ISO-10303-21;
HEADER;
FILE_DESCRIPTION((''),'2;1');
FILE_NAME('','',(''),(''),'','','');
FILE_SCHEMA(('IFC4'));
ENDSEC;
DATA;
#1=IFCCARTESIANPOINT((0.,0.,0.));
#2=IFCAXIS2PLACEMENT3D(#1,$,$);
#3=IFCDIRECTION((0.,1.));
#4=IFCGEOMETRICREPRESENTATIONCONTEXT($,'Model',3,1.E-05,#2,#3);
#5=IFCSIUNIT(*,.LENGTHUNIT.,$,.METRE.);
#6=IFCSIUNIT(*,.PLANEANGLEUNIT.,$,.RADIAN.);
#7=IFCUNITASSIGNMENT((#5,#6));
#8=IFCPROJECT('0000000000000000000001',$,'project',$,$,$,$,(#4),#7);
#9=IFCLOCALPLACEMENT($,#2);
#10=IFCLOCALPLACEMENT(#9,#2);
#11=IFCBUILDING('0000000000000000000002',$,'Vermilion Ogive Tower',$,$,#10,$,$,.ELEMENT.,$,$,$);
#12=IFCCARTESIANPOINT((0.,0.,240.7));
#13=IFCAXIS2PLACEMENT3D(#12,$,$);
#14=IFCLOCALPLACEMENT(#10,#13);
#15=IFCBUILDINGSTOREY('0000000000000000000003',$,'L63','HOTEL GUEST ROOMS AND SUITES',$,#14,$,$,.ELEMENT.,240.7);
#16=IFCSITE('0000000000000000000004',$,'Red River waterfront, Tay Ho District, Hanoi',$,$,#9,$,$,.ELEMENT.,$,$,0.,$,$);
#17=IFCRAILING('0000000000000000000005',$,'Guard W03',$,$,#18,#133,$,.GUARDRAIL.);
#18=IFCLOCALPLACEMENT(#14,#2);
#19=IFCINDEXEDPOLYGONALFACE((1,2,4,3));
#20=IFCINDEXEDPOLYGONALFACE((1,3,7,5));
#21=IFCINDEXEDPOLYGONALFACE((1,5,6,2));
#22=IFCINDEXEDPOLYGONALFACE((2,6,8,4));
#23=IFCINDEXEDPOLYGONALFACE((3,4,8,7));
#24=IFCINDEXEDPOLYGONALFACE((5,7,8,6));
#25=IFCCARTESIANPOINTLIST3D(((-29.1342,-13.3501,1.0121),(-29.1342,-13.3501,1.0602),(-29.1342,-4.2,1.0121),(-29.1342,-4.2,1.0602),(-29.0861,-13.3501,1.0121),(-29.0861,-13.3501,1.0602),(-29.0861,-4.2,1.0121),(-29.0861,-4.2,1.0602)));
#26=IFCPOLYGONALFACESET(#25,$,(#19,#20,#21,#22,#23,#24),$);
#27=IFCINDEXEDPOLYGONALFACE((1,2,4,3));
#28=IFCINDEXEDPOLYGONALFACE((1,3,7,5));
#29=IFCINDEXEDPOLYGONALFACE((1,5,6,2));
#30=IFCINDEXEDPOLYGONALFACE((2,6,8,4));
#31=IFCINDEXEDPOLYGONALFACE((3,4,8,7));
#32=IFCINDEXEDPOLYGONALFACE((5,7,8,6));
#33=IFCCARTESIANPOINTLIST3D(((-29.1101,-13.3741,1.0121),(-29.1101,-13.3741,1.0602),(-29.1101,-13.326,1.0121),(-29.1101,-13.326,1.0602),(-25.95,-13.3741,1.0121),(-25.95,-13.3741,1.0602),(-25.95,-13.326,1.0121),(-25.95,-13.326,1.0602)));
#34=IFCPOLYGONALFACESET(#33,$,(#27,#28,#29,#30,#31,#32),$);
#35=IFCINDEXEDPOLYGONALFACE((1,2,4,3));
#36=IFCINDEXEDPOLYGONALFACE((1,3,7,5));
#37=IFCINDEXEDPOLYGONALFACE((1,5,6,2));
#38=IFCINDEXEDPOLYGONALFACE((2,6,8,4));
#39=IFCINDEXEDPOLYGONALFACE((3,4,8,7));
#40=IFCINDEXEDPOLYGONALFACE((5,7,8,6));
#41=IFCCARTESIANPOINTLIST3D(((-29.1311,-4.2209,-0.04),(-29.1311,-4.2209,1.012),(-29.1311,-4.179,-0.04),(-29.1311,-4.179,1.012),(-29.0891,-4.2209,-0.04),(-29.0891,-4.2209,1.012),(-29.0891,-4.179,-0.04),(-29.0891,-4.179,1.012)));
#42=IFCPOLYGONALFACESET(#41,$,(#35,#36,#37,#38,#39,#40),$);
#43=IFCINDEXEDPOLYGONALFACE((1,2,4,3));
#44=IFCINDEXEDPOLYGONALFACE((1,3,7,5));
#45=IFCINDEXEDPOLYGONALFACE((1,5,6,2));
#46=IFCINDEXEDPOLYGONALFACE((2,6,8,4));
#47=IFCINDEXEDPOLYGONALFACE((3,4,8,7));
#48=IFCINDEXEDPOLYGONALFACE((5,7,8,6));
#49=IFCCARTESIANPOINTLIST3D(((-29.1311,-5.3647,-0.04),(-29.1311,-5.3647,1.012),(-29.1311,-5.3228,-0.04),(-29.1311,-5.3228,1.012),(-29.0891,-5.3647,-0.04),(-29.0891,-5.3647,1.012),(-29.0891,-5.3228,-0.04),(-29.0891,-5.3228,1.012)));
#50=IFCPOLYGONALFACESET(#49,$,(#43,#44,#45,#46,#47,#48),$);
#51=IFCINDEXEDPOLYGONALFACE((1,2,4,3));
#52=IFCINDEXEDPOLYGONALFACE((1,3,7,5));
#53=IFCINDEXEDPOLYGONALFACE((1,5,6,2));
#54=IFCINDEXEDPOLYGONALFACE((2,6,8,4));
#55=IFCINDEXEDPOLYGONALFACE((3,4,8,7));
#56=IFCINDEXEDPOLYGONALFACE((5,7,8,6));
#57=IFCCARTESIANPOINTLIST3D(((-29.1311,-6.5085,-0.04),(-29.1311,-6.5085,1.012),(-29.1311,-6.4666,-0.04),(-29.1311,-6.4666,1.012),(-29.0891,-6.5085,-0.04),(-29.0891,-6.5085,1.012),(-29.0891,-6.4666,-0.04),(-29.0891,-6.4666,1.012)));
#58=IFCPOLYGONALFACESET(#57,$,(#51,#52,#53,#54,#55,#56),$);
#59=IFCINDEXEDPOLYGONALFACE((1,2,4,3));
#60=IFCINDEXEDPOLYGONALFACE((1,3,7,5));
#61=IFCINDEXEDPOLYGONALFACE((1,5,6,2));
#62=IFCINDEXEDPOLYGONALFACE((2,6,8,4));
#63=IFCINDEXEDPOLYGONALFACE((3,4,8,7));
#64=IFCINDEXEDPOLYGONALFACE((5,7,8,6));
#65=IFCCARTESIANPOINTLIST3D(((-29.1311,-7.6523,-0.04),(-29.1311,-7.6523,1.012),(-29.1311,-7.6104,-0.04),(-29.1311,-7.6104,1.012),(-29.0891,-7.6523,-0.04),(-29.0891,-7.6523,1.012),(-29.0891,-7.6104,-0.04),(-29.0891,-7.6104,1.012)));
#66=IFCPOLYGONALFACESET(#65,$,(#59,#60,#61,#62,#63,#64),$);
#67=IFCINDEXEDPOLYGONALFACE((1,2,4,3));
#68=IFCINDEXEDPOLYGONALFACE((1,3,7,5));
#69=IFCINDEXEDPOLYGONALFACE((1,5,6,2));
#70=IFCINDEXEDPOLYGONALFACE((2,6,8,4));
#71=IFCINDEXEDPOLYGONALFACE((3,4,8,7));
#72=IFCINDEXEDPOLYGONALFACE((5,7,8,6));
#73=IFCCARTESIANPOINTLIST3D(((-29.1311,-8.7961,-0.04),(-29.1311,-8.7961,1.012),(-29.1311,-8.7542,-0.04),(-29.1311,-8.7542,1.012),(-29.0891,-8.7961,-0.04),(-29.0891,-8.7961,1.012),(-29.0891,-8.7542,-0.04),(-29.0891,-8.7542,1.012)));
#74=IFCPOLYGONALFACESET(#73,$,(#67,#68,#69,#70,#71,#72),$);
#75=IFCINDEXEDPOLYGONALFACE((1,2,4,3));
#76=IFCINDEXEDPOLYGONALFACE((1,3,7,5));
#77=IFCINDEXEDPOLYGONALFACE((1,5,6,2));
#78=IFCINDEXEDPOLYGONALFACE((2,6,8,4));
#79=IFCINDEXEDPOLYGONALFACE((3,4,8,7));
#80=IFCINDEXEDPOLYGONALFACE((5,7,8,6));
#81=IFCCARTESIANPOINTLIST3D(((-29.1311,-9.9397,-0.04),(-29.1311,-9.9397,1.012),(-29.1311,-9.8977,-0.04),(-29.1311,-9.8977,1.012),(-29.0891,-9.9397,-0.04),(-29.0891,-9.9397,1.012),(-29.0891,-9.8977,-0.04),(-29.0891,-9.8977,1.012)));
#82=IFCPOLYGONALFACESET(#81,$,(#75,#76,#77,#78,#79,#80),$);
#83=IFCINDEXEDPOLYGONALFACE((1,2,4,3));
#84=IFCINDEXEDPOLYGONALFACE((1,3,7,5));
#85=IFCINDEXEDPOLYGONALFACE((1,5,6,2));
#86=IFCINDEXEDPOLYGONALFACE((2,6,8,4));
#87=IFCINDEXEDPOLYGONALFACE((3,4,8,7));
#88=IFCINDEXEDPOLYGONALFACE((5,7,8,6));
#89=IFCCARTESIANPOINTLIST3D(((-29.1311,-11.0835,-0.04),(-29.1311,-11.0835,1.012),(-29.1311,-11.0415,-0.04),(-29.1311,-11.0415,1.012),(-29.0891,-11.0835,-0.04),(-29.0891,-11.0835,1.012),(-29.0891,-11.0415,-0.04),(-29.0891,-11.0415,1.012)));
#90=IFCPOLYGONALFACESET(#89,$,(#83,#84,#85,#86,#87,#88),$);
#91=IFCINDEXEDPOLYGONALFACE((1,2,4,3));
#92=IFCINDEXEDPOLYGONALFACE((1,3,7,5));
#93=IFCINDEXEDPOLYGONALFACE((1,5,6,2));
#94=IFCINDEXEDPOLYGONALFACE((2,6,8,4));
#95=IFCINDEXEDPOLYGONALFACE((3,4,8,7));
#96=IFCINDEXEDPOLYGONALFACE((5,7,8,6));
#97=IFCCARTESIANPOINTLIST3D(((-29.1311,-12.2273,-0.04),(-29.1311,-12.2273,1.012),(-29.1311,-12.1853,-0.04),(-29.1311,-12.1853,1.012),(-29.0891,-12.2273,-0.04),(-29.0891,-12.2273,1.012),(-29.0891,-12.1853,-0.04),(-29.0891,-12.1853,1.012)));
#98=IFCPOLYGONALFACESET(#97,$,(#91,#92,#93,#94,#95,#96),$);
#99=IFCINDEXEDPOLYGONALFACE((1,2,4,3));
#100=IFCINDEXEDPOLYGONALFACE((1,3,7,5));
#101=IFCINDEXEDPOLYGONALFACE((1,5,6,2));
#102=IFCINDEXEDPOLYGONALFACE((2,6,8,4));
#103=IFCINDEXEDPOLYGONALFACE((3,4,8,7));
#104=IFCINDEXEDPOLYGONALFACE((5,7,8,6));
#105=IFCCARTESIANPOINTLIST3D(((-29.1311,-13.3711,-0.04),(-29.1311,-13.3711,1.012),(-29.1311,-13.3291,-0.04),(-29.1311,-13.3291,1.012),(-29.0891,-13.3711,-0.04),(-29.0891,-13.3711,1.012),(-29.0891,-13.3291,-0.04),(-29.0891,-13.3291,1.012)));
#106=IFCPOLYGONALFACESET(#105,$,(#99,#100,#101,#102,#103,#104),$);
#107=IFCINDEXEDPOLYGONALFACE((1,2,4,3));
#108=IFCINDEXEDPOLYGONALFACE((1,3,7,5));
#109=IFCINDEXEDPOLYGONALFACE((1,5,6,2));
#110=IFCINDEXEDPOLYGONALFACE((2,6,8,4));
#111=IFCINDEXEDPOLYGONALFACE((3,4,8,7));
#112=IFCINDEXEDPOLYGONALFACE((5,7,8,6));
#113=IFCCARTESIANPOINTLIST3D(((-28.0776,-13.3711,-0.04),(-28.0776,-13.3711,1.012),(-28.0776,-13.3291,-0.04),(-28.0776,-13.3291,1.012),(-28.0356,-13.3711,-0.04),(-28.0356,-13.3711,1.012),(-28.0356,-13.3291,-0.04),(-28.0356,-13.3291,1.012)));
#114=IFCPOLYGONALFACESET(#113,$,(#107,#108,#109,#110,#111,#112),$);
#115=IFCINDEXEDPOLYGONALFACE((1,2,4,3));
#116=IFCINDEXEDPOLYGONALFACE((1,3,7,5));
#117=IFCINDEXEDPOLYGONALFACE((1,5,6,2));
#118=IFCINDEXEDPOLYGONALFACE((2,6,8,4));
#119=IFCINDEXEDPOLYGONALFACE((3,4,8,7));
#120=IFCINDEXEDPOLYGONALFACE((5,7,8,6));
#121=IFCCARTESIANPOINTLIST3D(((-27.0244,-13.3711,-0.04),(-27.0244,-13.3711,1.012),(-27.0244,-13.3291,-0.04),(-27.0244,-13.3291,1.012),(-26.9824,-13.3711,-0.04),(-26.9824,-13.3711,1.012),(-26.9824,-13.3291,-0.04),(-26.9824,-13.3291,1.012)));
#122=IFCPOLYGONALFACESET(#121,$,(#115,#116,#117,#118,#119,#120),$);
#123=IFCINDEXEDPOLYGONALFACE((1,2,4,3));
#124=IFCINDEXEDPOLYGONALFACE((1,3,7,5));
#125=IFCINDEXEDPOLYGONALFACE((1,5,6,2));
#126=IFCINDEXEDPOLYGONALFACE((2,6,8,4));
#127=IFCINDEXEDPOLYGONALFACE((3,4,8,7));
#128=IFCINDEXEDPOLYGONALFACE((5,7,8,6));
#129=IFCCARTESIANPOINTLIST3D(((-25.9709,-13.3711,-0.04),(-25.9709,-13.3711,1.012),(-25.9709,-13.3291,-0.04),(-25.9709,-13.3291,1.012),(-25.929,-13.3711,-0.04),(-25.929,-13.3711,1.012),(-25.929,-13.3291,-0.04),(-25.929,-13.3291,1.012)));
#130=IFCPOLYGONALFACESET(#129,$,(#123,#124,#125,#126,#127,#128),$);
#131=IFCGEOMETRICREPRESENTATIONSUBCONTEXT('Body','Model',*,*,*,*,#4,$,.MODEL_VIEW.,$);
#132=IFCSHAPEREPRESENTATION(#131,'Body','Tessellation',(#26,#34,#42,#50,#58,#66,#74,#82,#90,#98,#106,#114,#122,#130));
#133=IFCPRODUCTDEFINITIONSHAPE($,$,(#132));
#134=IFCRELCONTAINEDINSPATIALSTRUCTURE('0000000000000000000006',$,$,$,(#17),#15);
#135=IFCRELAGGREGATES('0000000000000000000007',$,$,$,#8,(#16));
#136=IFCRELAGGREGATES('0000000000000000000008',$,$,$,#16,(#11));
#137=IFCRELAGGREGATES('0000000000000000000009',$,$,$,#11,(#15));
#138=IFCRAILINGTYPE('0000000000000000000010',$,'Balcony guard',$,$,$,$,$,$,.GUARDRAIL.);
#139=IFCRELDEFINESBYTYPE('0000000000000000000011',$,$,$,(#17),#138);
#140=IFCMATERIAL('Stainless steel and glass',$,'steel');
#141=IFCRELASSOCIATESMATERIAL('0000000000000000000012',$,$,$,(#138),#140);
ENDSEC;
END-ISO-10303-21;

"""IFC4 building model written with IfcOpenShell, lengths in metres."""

from ifc_helpers import new_model, si_unit, direction, frame, origin, origin_2d, place, context, subcontext, project, spatial, rectangle, extrude, material, type_object, element, save


model = new_model("IFC4")

# Units and contexts
model_context = context("Model", 3, precision=1e-05, world=origin(), true_north=direction((0.0, 1.0)))
body_context = subcontext(model_context, "Body", "Model", "MODEL_VIEW")
ifc_project = project(units=[si_unit("LENGTHUNIT", "METRE"), si_unit("PLANEANGLEUNIT", "RADIAN")], contexts=[model_context])

# Site, building, storey
site_placement = place(None, origin())
site = spatial("IfcSite", under=ifc_project, at=site_placement, Name="Red River waterfront, Tay Ho District, Hanoi", CompositionType="ELEMENT", RefElevation=0.0)
building_placement = place(site_placement, origin())
building = spatial("IfcBuilding", under=site, at=building_placement, Name="Vermilion Ogive Tower", CompositionType="ELEMENT")
storey_placement = place(building_placement, frame((0.0, 0.0, 240.7)))
storey = spatial("IfcBuildingStorey", under=building, at=storey_placement, Name="L63", Description="HOTEL GUEST ROOMS AND SUITES", CompositionType="ELEMENT", Elevation=240.7)

# Railing
ifc_material_1 = material(Name="Stainless steel and glass", Category="steel")
railing_type = type_object("IfcRailingType", Name="Balcony guard", PredefinedType="GUARDRAIL", material=ifc_material_1)
railing_placement = place(storey_placement, frame((-29.1101, -4.2, -0.04)))
element("IfcRailing", 1, at=railing_placement, inside=storey, type_object=railing_type, Name="Guard W03", PredefinedType="GUARDRAIL", context=body_context, shape_type="SweptSolid", body=[
    extrude(rectangle(XDim=0.0481, YDim=0.0481, at=origin_2d()), frame((0.0, 0.0, 1.0762), z_axis=(0.0, -1.0, 0.0), x_axis=(1.0, 0.0, 0.0)), (0.0, 0.0, 1.0), 9.1501),
    extrude(rectangle(XDim=0.0481, YDim=0.0481, at=origin_2d()), frame((0.0, -9.1501, 1.0762), z_axis=(1.0, 0.0, 0.0), x_axis=(0.0, 1.0, 0.0)), (0.0, 0.0, 1.0), 3.1602),
    extrude(rectangle(XDim=0.042, YDim=0.042, at=origin_2d()), origin(), (0.0, 0.0, 1.0), 1.052),
    extrude(rectangle(XDim=0.042, YDim=0.042, at=origin_2d()), frame((0.0, -1.1438, 0.0)), (0.0, 0.0, 1.0), 1.052),
    extrude(rectangle(XDim=0.042, YDim=0.042, at=origin_2d()), frame((0.0, -2.2876, 0.0)), (0.0, 0.0, 1.0), 1.052),
    extrude(rectangle(XDim=0.042, YDim=0.042, at=origin_2d()), frame((0.0, -3.4314, 0.0)), (0.0, 0.0, 1.0), 1.052),
    extrude(rectangle(XDim=0.042, YDim=0.042, at=origin_2d()), frame((0.0, -4.5752, 0.0)), (0.0, 0.0, 1.0), 1.052),
    extrude(rectangle(XDim=0.042, YDim=0.042, at=origin_2d()), frame((0.0, -5.7188, 0.0)), (0.0, 0.0, 1.0), 1.052),
    extrude(rectangle(XDim=0.042, YDim=0.042, at=origin_2d()), frame((0.0, -6.8625, 0.0)), (0.0, 0.0, 1.0), 1.052),
    extrude(rectangle(XDim=0.042, YDim=0.042, at=origin_2d()), frame((0.0, -8.0063, 0.0)), (0.0, 0.0, 1.0), 1.052),
    extrude(rectangle(XDim=0.042, YDim=0.042, at=origin_2d()), frame((0.0, -9.1501, 0.0)), (0.0, 0.0, 1.0), 1.052),
    extrude(rectangle(XDim=0.042, YDim=0.042, at=origin_2d()), frame((1.0535, -9.1501, 0.0)), (0.0, 0.0, 1.0), 1.052),
    extrude(rectangle(XDim=0.042, YDim=0.042, at=origin_2d()), frame((2.1067, -9.1501, 0.0)), (0.0, 0.0, 1.0), 1.052),
    extrude(rectangle(XDim=0.042, YDim=0.042, at=origin_2d()), frame((3.1602, -9.1501, 0.0)), (0.0, 0.0, 1.0), 1.052),
])

save(model, "model.ifc")
